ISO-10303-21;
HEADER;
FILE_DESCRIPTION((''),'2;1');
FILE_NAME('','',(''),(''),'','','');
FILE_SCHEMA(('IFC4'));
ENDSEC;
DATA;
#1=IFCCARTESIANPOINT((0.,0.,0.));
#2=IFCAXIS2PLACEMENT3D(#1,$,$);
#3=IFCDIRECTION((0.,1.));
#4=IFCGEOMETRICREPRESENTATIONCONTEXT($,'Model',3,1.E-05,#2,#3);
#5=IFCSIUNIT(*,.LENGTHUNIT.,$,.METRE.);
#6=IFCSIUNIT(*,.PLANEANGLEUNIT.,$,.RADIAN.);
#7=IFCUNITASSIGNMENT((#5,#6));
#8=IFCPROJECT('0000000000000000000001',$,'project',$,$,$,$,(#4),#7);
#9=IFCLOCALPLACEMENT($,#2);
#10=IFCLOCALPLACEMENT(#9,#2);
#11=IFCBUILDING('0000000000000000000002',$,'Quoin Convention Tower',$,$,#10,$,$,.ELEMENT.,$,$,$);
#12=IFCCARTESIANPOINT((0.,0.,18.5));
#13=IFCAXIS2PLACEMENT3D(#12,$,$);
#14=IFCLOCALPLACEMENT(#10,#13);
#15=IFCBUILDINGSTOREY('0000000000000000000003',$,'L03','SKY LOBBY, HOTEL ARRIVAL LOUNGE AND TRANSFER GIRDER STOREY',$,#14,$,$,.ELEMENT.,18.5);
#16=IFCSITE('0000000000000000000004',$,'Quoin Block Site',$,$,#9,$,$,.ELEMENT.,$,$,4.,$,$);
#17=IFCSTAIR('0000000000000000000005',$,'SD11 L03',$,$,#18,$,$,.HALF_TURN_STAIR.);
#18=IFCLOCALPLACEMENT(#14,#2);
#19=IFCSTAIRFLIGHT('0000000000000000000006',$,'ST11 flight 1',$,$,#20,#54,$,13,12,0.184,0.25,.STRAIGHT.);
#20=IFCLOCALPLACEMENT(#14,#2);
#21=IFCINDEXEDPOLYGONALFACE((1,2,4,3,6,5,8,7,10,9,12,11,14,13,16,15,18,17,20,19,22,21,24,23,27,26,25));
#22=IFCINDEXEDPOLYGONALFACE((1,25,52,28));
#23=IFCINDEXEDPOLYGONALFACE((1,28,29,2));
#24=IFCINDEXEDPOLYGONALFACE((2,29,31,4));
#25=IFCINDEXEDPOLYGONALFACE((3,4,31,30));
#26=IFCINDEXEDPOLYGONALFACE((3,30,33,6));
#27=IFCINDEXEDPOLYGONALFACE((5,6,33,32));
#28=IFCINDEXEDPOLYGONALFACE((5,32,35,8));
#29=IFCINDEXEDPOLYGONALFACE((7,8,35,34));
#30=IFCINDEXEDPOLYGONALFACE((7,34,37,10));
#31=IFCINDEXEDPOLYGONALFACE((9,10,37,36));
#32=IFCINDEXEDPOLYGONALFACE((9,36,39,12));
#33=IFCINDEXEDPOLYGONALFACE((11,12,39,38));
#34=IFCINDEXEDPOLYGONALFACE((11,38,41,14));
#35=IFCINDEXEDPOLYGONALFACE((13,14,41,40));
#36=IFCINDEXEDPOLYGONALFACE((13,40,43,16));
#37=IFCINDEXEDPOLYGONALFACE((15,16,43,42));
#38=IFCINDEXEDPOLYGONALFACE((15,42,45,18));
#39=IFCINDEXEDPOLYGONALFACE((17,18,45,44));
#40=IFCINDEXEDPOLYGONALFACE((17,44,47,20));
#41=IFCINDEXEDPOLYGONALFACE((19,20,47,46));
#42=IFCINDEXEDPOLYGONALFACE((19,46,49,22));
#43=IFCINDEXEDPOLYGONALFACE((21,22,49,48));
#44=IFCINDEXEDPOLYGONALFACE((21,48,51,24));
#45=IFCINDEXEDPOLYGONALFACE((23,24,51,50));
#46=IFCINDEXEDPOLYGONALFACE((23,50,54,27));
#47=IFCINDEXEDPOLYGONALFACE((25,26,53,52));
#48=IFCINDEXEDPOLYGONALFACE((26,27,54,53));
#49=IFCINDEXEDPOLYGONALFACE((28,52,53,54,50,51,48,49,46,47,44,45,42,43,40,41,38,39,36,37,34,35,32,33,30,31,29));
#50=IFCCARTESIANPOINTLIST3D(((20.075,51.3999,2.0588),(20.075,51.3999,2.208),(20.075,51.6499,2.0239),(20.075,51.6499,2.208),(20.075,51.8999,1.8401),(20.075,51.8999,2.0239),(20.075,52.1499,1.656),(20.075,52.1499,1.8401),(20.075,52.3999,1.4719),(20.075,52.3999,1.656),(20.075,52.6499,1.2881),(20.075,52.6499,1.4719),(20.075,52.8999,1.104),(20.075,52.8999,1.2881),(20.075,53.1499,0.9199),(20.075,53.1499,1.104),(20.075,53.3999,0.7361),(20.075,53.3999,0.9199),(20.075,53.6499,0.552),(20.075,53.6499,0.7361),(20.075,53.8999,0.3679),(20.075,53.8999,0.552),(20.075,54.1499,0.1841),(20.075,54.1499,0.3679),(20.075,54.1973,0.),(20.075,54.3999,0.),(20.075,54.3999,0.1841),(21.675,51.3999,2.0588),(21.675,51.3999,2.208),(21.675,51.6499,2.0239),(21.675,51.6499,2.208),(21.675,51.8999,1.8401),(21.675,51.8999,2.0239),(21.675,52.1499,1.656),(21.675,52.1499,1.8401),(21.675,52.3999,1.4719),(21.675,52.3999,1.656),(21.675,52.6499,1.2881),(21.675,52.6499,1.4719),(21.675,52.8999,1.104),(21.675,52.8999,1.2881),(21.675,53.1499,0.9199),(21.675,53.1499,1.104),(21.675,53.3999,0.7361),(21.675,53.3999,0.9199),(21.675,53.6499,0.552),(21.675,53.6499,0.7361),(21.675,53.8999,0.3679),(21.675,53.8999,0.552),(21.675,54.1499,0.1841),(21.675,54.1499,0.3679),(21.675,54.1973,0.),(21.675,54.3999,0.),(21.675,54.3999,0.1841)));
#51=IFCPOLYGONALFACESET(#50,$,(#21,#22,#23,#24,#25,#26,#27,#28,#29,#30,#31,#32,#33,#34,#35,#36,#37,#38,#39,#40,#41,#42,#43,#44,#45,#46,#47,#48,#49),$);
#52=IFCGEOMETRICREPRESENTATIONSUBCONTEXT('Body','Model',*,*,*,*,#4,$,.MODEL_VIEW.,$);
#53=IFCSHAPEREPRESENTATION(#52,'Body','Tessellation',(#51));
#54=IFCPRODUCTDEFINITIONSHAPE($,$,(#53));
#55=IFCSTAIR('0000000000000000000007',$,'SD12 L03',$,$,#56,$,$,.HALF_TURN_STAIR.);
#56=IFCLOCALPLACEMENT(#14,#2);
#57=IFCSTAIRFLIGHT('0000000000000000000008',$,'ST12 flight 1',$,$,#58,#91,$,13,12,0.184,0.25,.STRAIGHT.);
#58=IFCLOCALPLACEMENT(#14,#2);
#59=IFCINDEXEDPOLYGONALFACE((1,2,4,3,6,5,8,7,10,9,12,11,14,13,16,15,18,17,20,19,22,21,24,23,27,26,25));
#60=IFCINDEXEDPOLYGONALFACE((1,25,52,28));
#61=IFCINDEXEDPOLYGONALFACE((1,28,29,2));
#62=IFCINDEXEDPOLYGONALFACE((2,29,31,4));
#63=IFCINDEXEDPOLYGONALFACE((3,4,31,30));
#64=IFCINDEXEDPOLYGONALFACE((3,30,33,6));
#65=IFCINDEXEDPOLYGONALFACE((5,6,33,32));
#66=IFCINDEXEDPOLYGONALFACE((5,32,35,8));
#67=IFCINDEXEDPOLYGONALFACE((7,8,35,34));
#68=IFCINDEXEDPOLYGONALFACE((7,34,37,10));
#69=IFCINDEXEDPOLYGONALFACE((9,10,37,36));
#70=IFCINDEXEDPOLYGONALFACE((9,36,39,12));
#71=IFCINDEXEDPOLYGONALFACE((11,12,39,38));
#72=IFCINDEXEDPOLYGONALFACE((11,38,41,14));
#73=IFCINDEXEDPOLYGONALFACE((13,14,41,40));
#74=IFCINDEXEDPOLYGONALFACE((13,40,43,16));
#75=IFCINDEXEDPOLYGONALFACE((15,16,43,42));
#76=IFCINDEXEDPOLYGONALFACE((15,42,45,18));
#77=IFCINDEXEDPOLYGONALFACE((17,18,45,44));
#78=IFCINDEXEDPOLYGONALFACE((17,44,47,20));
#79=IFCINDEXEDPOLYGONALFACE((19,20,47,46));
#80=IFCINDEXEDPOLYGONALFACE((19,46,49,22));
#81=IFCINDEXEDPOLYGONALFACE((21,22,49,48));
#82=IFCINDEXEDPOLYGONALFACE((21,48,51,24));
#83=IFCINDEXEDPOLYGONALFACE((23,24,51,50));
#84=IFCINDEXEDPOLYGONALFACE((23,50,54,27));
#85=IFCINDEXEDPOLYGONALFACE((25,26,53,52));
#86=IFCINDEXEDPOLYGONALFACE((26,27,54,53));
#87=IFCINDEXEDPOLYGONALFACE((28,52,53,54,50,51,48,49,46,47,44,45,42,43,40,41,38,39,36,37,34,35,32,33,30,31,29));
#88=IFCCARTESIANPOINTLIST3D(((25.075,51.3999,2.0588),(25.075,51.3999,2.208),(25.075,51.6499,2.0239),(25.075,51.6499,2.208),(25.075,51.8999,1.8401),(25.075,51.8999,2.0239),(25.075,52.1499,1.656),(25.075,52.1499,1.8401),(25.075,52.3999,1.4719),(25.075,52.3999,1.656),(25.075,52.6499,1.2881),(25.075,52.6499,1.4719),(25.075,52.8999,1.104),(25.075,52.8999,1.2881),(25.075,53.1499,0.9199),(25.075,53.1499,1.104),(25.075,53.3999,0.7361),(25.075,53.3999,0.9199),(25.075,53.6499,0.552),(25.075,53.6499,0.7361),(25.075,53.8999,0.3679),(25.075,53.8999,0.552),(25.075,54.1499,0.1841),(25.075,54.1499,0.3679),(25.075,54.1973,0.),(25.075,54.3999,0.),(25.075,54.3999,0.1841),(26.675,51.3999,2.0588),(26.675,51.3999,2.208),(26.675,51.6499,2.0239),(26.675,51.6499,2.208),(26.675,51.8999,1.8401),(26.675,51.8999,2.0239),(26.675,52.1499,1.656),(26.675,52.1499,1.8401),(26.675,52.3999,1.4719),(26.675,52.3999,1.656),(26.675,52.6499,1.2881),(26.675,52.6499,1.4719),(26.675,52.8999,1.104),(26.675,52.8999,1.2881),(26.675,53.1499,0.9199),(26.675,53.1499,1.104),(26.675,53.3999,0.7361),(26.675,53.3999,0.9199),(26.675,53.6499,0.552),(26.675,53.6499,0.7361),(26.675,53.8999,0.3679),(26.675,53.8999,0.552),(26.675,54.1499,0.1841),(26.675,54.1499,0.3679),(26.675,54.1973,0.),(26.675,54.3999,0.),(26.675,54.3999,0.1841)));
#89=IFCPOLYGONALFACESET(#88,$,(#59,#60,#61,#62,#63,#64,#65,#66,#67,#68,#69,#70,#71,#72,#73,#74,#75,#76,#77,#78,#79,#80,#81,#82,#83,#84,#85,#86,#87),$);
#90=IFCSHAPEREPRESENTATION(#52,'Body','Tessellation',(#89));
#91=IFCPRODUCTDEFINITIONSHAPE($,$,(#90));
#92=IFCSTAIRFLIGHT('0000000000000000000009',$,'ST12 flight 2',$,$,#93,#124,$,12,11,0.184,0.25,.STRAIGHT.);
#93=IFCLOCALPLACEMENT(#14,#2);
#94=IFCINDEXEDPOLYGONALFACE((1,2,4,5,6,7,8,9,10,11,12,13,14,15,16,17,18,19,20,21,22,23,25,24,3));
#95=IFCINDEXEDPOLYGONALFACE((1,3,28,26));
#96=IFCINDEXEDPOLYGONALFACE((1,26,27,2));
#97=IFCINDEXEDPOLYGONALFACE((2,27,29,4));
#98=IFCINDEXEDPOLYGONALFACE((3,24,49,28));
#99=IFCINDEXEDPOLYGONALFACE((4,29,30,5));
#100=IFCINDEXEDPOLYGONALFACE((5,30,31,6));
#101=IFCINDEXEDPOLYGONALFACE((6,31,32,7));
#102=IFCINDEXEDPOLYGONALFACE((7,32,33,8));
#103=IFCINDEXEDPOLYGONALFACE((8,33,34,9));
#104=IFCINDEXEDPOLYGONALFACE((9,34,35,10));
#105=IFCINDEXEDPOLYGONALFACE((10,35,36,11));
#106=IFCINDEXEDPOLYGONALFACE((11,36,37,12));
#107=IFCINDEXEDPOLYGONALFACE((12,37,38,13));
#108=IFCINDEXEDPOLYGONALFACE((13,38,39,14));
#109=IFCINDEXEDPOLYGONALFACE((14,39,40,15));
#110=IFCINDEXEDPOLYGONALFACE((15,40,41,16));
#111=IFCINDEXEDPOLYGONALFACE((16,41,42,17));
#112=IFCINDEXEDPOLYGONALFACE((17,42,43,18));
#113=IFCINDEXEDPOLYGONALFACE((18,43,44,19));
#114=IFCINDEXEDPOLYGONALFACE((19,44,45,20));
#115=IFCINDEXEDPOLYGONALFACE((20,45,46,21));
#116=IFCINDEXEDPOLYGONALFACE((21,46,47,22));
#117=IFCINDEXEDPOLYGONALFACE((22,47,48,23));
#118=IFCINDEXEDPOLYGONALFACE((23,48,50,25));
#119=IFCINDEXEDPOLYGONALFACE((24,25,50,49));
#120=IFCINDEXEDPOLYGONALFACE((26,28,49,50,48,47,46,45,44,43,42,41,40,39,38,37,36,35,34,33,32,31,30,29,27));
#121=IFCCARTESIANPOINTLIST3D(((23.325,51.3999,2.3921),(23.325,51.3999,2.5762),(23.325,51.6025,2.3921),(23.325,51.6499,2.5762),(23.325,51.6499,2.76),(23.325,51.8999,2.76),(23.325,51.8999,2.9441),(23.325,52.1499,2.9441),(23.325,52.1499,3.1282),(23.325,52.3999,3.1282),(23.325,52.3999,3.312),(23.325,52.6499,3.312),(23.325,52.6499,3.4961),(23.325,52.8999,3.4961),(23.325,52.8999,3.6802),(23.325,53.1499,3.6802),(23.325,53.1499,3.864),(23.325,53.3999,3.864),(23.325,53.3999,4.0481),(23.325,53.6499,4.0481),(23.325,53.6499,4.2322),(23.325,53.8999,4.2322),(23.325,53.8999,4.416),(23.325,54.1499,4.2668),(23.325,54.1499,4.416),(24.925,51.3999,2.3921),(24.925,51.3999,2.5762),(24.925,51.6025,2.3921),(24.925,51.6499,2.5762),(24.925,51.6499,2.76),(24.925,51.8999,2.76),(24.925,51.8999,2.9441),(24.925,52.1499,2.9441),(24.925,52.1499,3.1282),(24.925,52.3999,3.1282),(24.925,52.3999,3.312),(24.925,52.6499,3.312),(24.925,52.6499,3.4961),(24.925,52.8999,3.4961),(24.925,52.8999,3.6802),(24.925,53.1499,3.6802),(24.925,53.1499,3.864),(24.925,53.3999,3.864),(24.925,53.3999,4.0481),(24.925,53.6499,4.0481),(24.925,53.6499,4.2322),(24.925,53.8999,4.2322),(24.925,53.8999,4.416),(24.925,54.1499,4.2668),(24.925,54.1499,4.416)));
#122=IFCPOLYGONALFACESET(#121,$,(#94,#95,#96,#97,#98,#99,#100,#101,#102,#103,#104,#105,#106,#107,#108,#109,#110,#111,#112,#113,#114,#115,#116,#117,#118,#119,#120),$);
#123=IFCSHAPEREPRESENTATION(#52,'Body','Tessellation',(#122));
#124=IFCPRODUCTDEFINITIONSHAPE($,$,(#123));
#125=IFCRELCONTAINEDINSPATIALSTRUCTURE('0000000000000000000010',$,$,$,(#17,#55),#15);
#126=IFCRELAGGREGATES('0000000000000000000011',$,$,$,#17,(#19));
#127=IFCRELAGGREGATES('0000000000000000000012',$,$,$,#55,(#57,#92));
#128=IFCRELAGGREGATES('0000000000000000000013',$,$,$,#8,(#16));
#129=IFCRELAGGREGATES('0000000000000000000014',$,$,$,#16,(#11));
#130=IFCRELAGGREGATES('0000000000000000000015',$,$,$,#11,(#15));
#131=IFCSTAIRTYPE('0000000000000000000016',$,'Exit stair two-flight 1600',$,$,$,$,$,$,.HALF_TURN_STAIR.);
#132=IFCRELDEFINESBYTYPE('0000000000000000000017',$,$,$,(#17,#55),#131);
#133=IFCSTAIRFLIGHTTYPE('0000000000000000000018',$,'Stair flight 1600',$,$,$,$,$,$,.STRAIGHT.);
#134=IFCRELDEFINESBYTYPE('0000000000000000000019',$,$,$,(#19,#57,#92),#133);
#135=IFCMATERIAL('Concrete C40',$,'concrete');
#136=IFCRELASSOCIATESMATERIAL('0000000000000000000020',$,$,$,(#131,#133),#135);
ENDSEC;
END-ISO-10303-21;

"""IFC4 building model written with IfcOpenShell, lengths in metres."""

from ifc_helpers import new_model, si_unit, direction, frame, origin, place, context, subcontext, project, spatial, polyline, outline, extrude, material, type_object, element, aggregate, save


model = new_model("IFC4")

# Units and contexts
model_context = context("Model", 3, precision=1e-05, world=origin(), true_north=direction((0.0, 1.0)))
body_context = subcontext(model_context, "Body", "Model", "MODEL_VIEW")
ifc_project = project(units=[si_unit("LENGTHUNIT", "METRE"), si_unit("PLANEANGLEUNIT", "RADIAN")], contexts=[model_context])

# Site, building, storey
site_placement = place(None, origin())
site = spatial("IfcSite", under=ifc_project, at=site_placement, Name="Quoin Block Site", CompositionType="ELEMENT", RefElevation=4.0)
building_placement = place(site_placement, origin())
building = spatial("IfcBuilding", under=site, at=building_placement, Name="Quoin Convention Tower", CompositionType="ELEMENT")
storey_placement = place(building_placement, frame((0.0, 0.0, 18.5)))
storey = spatial("IfcBuildingStorey", under=building, at=storey_placement, Name="L03", Description="SKY LOBBY, HOTEL ARRIVAL LOUNGE AND TRANSFER GIRDER STOREY", CompositionType="ELEMENT", Elevation=18.5)

# Shared definitions
ifc_material_1 = material(Name="Concrete C40", Category="concrete")

# Stair, stair flight
stair_type_1 = type_object("IfcStairType", Name="Exit stair two-flight 1600", PredefinedType="HALF_TURN_STAIR", material=ifc_material_1)
stair_1_placement = place(storey_placement, origin())
stair_1 = element("IfcStair", 1, at=stair_1_placement, inside=storey, type_object=stair_type_1, Name="SD11 L03", PredefinedType="HALF_TURN_STAIR")
stair_flight_type_1 = type_object("IfcStairFlightType", Name="Stair flight 1600", PredefinedType="STRAIGHT", material=ifc_material_1)
stair_flight_1_placement = place(storey_placement, frame((20.875, 54.3999, 0.0), z_axis=(0.0, 0.0, 1.0), x_axis=(0.0, -1.0, 0.0)))
stair_flight_1 = element("IfcStairFlight", 2, at=stair_flight_1_placement, type_object=stair_flight_type_1, Name="ST11 flight 1", NumberOfRisers=13, NumberOfTreads=12, PredefinedType="STRAIGHT", RiserHeight=0.184, TreadLength=0.25, context=body_context, shape_type="SweptSolid", body=[
    extrude(outline(polyline([(0.0, 0.0), (0.0, 0.1841), (0.25, 0.1841), (0.25, 0.3679), (0.5, 0.3679), (0.5, 0.552), (0.75, 0.552), (0.75, 0.7361), (1.0, 0.7361), (1.0, 0.9199), (1.25, 0.9199), (1.25, 1.104), (1.5, 1.104), (1.5, 1.2881), (1.75, 1.2881), (1.75, 1.4719), (2.0, 1.4719), (2.0, 1.656), (2.25, 1.656), (2.25, 1.8401), (2.5, 1.8401), (2.5, 2.0239), (2.75, 2.0239), (2.75, 2.208), (3.0, 2.208), (3.0, 2.3921), (3.0, 2.0588), (0.2026, 0.0), (0.0, 0.0)])), frame((0.0, 0.8, 0.0), z_axis=(0.0, -1.0, 0.0), x_axis=(1.0, 0.0, 0.0)), (0.0, 0.0, 1.0), 1.6001),
])
aggregate(stair_1, [stair_flight_1])

# Stair, stair flights
stair_2_placement = place(storey_placement, origin())
stair_2 = element("IfcStair", 3, at=stair_2_placement, inside=storey, type_object=stair_type_1, Name="SD12 L03", PredefinedType="HALF_TURN_STAIR")
stair_flight_2_placement = place(storey_placement, frame((25.875, 54.3999, 0.0), z_axis=(0.0, 0.0, 1.0), x_axis=(0.0, -1.0, 0.0)))
stair_flight_2 = element("IfcStairFlight", 4, at=stair_flight_2_placement, type_object=stair_flight_type_1, Name="ST12 flight 1", NumberOfRisers=13, NumberOfTreads=12, PredefinedType="STRAIGHT", RiserHeight=0.184, TreadLength=0.25, context=body_context, shape_type="SweptSolid", body=[
    extrude(outline(polyline([(0.0, 0.0), (0.0, 0.1841), (0.25, 0.1841), (0.25, 0.3679), (0.5, 0.3679), (0.5, 0.552), (0.75, 0.552), (0.75, 0.7361), (1.0, 0.7361), (1.0, 0.9199), (1.25, 0.9199), (1.25, 1.104), (1.5, 1.104), (1.5, 1.2881), (1.75, 1.2881), (1.75, 1.4719), (2.0, 1.4719), (2.0, 1.656), (2.25, 1.656), (2.25, 1.8401), (2.5, 1.8401), (2.5, 2.0239), (2.75, 2.0239), (2.75, 2.208), (3.0, 2.208), (3.0, 2.3921), (3.0, 2.0588), (0.2026, 0.0), (0.0, 0.0)])), frame((0.0, 0.8, 0.0), z_axis=(0.0, -1.0, 0.0), x_axis=(1.0, 0.0, 0.0)), (0.0, 0.0, 1.0), 1.6001),
])
stair_flight_3_placement = place(storey_placement, frame((24.125, 51.3999, 2.3921), z_axis=(0.0, 0.0, 1.0), x_axis=(0.0, 1.0, 0.0)))
stair_flight_3 = element("IfcStairFlight", 5, at=stair_flight_3_placement, type_object=stair_flight_type_1, Name="ST12 flight 2", NumberOfRisers=12, NumberOfTreads=11, PredefinedType="STRAIGHT", RiserHeight=0.184, TreadLength=0.25, context=body_context, shape_type="SweptSolid", body=[
    extrude(outline(polyline([(0.0, 0.0), (0.0, 0.1841), (0.25, 0.1841), (0.25, 0.3679), (0.5, 0.3679), (0.5, 0.552), (0.75, 0.552), (0.75, 0.7361), (1.0, 0.7361), (1.0, 0.9199), (1.25, 0.9199), (1.25, 1.104), (1.5, 1.104), (1.5, 1.2881), (1.75, 1.2881), (1.75, 1.4719), (2.0, 1.4719), (2.0, 1.656), (2.25, 1.656), (2.25, 1.8401), (2.5, 1.8401), (2.5, 2.0239), (2.75, 2.0239), (2.75, 2.208), (2.75, 1.8748), (0.2026, 0.0), (0.0, 0.0)])), frame((0.0, 0.8, 0.0), z_axis=(0.0, -1.0, 0.0), x_axis=(1.0, 0.0, 0.0)), (0.0, 0.0, 1.0), 1.6001),
])
aggregate(stair_2, [stair_flight_2, stair_flight_3])

save(model, "model.ifc")
